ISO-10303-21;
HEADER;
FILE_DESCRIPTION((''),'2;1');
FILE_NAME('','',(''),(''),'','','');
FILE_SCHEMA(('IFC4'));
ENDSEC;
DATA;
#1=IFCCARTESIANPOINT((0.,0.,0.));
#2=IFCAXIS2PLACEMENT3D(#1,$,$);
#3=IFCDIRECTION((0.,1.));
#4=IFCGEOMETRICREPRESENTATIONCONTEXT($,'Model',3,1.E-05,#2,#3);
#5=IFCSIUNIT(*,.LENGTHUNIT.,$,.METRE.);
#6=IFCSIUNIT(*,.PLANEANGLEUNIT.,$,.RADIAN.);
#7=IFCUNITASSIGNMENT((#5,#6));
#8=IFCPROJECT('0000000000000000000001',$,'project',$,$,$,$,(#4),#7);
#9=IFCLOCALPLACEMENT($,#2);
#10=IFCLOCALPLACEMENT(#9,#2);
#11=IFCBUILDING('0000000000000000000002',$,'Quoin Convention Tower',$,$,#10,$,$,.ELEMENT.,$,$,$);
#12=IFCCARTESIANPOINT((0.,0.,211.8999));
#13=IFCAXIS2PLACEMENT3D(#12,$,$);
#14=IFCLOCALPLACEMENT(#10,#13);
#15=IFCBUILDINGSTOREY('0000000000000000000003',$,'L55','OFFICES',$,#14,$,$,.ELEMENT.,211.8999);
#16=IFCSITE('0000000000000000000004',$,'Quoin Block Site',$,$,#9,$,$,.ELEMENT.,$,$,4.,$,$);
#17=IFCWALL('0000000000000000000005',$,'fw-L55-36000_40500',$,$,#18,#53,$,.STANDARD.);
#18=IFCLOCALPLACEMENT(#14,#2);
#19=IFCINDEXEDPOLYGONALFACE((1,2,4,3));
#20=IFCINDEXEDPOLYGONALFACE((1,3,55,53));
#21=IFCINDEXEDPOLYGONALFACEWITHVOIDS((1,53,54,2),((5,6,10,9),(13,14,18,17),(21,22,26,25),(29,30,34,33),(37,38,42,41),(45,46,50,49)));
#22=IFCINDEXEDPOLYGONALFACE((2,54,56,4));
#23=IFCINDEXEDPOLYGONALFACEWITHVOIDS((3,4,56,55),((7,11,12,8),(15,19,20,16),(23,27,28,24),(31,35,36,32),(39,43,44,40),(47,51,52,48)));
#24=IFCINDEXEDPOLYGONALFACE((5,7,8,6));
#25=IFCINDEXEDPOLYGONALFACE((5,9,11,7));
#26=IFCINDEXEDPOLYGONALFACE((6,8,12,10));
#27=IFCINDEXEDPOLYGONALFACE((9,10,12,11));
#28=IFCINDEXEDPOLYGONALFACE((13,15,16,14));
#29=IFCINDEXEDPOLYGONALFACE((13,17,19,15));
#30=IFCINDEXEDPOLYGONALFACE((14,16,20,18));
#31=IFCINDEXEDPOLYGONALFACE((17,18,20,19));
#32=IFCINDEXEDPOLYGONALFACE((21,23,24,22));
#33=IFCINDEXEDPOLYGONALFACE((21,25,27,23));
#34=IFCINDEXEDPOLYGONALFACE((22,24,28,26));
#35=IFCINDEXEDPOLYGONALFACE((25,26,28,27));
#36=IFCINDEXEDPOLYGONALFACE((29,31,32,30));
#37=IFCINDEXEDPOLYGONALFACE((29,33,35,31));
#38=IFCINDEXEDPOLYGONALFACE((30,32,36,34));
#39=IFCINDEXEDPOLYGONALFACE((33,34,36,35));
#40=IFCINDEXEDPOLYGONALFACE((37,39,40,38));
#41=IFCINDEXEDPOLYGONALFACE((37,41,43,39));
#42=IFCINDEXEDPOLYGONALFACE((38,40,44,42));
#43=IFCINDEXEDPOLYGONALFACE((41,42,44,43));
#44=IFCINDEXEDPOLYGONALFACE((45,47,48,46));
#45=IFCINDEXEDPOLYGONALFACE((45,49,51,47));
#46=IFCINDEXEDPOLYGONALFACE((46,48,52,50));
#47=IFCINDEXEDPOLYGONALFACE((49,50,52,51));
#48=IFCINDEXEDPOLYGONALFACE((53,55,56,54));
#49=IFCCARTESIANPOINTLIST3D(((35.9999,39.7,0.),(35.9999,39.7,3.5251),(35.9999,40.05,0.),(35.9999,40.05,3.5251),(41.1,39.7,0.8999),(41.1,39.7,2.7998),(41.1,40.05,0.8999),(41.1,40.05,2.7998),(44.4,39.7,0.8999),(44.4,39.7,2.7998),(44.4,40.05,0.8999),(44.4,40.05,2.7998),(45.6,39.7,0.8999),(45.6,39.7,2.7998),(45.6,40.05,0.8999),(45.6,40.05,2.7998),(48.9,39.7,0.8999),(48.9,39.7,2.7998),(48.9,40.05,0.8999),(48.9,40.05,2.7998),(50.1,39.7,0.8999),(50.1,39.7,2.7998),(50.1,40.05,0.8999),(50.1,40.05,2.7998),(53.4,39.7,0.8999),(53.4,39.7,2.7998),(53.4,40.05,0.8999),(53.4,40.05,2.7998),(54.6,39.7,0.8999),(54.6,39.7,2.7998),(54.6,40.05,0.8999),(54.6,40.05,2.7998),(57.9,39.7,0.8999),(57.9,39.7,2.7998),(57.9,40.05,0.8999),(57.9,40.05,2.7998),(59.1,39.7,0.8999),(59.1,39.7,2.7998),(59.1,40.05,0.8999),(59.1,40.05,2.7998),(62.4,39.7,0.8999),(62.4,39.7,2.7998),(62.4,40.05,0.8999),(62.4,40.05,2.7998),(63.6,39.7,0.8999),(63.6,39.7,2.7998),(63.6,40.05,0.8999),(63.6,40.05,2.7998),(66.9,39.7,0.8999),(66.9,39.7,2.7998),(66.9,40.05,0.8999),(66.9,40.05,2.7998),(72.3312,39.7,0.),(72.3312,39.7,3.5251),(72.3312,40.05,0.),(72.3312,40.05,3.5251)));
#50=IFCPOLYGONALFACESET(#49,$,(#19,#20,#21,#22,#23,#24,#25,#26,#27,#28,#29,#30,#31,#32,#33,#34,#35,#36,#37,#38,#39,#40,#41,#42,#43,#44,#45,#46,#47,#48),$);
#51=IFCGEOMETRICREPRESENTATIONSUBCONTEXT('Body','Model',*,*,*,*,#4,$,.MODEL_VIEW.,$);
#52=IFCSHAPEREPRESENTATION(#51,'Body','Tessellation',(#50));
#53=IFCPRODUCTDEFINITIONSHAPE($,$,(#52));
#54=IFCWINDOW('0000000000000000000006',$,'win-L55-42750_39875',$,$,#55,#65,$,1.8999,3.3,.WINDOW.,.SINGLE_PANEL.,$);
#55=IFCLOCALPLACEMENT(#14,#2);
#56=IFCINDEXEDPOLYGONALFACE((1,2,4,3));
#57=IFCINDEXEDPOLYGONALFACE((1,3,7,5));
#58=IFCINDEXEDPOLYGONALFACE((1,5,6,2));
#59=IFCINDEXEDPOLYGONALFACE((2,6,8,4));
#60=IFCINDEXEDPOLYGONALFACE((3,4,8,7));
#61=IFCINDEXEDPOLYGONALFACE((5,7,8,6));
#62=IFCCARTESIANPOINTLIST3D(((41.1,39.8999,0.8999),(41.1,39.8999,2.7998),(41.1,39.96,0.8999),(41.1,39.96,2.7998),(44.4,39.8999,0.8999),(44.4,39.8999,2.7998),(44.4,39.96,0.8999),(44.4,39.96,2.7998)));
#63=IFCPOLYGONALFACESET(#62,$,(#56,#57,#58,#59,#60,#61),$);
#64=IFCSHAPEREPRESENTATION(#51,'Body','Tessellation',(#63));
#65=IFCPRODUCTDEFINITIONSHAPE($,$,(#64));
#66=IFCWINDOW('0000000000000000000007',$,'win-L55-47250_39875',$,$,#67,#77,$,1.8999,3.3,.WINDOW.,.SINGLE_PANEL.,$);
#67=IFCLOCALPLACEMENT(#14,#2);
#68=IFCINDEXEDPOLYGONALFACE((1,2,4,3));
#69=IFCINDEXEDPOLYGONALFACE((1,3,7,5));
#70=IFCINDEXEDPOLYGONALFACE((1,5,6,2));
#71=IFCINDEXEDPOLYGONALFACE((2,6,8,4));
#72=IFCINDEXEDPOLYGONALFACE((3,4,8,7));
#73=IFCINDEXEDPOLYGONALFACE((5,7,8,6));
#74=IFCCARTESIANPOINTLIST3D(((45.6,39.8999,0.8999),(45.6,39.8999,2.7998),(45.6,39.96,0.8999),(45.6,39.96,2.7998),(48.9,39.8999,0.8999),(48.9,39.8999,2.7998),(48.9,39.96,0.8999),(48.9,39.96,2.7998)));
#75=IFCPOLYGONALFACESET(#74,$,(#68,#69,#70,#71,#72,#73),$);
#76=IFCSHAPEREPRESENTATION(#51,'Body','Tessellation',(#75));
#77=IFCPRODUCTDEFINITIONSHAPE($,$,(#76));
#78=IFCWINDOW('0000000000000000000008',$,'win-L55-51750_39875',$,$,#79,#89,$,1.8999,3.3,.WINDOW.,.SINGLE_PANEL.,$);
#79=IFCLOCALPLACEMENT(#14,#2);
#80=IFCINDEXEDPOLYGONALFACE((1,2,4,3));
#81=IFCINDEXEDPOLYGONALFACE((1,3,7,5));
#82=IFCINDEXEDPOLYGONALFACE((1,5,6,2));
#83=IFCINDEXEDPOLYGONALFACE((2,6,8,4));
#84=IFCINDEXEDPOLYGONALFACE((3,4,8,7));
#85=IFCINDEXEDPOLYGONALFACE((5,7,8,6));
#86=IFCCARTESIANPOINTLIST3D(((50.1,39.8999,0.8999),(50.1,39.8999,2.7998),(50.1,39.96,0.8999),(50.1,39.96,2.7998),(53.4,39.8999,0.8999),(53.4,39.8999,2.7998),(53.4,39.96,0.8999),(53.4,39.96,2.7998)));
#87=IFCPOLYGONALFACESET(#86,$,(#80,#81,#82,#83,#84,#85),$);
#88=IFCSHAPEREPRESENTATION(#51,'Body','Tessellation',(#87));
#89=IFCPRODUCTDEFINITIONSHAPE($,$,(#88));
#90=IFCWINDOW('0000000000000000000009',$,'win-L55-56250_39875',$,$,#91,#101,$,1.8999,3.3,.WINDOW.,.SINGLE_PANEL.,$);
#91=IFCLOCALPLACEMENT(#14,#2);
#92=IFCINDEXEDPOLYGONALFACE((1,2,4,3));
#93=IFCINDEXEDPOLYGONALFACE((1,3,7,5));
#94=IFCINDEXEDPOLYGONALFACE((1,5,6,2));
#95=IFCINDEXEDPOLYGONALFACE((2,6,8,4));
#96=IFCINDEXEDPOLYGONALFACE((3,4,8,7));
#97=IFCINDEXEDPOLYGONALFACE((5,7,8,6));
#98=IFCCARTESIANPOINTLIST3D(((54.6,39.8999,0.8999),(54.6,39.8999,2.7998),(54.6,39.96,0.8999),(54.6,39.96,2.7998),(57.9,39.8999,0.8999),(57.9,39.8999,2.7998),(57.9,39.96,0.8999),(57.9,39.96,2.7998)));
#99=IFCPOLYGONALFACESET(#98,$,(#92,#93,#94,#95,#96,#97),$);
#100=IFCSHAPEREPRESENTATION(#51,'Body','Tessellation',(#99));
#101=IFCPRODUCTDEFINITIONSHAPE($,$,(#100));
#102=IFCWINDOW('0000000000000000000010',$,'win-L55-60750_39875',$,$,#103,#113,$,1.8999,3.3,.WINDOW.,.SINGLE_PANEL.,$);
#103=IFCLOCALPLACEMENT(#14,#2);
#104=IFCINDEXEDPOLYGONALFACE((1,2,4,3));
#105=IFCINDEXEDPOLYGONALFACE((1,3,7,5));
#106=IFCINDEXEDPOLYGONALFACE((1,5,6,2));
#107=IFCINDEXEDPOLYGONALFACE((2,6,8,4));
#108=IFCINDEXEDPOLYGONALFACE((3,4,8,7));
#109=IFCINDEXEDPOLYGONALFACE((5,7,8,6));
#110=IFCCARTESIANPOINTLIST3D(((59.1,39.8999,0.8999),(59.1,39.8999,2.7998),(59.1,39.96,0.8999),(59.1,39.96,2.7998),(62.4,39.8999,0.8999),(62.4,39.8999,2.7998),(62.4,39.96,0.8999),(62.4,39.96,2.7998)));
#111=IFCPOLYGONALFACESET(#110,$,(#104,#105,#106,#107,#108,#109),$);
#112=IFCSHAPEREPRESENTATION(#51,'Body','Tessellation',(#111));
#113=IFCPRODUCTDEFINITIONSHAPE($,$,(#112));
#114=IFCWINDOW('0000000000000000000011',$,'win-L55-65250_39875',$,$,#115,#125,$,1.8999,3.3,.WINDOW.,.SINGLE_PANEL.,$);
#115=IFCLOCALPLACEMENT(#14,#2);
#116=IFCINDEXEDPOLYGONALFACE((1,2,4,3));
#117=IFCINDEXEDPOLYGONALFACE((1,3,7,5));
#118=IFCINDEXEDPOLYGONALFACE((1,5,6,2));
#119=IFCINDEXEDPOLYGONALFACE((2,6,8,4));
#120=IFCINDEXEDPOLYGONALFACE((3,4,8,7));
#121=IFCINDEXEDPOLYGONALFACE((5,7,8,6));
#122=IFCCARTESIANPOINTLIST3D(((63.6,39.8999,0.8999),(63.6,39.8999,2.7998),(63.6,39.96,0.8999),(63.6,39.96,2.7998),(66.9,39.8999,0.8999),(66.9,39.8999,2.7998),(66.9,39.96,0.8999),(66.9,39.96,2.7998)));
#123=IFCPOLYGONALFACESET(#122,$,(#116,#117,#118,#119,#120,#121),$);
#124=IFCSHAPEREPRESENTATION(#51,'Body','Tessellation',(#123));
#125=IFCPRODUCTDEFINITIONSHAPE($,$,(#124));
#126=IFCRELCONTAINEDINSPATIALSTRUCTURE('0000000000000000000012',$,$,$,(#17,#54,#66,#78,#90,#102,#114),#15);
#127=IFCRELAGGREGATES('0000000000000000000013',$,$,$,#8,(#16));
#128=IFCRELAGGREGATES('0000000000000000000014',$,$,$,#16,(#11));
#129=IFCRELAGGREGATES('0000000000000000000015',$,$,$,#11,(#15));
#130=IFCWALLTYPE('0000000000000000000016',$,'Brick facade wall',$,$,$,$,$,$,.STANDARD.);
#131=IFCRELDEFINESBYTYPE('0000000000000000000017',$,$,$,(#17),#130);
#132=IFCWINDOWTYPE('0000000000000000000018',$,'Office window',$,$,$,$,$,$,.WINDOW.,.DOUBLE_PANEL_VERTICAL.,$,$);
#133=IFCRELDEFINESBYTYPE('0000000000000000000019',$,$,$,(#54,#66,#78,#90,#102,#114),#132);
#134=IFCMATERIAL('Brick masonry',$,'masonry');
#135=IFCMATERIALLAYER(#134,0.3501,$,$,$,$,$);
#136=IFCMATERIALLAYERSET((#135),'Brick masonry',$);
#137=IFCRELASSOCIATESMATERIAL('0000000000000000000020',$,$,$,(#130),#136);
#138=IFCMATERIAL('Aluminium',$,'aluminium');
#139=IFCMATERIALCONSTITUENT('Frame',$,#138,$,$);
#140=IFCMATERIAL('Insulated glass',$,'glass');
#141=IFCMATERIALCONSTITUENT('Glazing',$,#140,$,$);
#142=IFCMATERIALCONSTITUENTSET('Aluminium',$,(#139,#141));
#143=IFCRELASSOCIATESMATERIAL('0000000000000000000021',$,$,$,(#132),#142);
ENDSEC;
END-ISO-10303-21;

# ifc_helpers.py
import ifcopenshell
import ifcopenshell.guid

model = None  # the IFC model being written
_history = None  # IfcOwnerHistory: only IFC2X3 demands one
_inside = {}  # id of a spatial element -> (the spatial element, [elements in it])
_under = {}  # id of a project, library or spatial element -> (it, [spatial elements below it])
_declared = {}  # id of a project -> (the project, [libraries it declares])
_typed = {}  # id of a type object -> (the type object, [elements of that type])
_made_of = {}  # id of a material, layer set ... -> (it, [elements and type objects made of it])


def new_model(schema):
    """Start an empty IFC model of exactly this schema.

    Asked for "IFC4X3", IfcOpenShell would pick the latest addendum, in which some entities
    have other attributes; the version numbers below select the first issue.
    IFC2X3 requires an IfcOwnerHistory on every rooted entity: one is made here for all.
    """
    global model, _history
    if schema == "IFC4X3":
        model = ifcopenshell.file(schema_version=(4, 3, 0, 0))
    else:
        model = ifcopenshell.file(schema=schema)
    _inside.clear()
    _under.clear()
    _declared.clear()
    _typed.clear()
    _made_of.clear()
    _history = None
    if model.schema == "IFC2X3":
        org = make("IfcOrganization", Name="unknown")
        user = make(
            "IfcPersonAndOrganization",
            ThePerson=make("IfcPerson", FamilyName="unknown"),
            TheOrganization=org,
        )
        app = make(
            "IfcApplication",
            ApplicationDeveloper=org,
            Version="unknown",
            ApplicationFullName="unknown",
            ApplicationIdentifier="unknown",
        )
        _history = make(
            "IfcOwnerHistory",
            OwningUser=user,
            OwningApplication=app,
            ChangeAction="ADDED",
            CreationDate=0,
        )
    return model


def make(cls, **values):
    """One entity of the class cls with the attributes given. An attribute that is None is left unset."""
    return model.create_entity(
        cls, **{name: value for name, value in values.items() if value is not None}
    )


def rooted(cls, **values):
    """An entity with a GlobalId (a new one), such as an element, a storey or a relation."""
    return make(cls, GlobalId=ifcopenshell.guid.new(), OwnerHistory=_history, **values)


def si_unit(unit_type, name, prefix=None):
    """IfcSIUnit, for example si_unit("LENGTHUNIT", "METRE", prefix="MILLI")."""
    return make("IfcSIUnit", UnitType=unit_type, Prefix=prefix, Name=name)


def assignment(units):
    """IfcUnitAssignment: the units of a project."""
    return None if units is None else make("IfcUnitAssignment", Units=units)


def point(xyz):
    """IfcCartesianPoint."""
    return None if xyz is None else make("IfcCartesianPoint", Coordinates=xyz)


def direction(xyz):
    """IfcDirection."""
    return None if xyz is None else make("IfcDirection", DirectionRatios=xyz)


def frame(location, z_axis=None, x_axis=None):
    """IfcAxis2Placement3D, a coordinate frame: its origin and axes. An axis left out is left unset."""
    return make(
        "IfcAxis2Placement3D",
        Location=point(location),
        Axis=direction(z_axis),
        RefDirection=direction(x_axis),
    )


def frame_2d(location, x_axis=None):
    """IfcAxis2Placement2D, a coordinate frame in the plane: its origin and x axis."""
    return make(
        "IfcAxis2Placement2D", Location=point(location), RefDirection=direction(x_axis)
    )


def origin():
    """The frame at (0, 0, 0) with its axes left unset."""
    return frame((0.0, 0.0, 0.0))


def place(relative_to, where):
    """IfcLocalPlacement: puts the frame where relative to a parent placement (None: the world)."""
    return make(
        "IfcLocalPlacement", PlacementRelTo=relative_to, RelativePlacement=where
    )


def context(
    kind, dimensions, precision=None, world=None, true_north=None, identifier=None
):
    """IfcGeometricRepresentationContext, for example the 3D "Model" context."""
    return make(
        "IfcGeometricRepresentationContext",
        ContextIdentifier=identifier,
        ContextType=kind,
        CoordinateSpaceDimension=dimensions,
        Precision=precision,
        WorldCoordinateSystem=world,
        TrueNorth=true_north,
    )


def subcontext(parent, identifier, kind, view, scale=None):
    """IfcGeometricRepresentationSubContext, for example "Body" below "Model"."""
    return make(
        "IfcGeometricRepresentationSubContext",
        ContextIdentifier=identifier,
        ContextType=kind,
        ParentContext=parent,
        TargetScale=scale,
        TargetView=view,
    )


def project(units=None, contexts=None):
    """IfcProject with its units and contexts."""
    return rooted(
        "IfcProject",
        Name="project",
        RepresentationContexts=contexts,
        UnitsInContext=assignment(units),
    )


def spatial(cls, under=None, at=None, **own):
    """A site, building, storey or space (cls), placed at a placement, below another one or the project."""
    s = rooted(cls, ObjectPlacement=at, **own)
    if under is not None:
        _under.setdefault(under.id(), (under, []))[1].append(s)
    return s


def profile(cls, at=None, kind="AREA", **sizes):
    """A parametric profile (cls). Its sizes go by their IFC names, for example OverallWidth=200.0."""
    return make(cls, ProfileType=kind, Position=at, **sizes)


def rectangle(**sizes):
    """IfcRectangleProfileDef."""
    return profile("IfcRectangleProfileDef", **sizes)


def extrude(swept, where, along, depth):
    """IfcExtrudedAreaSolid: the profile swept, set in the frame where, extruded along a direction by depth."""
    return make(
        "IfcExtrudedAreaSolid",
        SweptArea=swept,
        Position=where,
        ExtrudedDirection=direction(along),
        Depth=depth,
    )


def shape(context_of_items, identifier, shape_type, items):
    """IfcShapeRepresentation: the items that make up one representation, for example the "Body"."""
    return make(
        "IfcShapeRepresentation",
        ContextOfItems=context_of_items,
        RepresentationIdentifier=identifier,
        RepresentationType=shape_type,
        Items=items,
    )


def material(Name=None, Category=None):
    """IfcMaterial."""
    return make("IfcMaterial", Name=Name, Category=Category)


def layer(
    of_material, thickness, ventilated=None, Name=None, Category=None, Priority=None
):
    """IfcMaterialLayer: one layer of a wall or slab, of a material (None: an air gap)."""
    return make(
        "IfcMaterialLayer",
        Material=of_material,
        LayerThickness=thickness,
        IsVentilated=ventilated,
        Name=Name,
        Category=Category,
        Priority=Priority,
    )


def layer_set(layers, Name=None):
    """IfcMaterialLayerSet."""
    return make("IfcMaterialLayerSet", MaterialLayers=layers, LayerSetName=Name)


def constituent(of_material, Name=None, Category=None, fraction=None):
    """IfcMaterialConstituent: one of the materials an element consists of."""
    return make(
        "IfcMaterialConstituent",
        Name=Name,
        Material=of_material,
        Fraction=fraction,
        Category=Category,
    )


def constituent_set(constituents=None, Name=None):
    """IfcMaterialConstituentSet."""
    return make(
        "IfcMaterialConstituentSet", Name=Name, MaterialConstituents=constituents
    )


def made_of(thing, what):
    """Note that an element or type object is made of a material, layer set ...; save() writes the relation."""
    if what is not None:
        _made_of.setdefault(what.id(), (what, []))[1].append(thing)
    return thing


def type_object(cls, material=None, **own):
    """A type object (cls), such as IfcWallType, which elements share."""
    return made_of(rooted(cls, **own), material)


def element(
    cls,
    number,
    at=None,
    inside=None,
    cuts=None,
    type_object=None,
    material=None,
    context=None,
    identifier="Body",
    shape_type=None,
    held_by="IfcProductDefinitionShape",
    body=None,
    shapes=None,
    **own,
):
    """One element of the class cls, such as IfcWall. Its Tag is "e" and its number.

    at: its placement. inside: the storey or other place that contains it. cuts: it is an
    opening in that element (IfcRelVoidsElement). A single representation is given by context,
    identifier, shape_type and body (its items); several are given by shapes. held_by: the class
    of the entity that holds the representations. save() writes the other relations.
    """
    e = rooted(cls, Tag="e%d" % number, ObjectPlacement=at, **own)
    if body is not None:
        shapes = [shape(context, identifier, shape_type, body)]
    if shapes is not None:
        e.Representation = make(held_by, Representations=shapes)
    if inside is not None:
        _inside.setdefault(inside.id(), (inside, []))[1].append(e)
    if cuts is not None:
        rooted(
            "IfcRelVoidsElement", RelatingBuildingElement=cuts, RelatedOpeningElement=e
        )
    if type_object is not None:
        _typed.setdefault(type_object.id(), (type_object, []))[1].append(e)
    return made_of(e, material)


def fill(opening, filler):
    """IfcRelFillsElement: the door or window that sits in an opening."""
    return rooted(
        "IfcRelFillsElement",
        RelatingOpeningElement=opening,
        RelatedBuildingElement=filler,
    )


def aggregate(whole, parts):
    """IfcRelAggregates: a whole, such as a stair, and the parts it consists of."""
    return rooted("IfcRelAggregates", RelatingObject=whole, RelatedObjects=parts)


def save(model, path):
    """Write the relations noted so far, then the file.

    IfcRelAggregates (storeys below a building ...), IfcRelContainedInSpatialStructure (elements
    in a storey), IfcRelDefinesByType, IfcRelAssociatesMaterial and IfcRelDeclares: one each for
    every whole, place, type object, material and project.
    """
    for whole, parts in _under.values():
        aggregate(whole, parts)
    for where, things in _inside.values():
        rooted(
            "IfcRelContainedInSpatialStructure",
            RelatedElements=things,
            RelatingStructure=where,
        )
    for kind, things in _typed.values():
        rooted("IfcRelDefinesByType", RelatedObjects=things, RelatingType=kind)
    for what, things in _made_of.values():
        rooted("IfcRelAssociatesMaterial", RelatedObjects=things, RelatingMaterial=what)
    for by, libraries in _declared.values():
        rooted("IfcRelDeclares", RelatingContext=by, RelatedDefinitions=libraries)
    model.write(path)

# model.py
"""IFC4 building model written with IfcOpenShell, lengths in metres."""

from ifc_helpers import new_model, si_unit, direction, frame, frame_2d, origin, place, context, subcontext, project, spatial, rectangle, extrude, material, layer, layer_set, constituent, constituent_set, type_object, element, fill, save


model = new_model("IFC4")

# Units and contexts
model_context = context("Model", 3, precision=1e-05, world=origin(), true_north=direction((0.0, 1.0)))
body_context = subcontext(model_context, "Body", "Model", "MODEL_VIEW")
ifc_project = project(units=[si_unit("LENGTHUNIT", "METRE"), si_unit("PLANEANGLEUNIT", "RADIAN")], contexts=[model_context])

# Site, building, storey
site_placement = place(None, origin())
site = spatial("IfcSite", under=ifc_project, at=site_placement, Name="Quoin Block Site", CompositionType="ELEMENT", RefElevation=4.0)
building_placement = place(site_placement, origin())
building = spatial("IfcBuilding", under=site, at=building_placement, Name="Quoin Convention Tower", CompositionType="ELEMENT")
storey_placement = place(building_placement, frame((0.0, 0.0, 211.8999)))
storey = spatial("IfcBuildingStorey", under=building, at=storey_placement, Name="L55", Description="OFFICES", CompositionType="ELEMENT", Elevation=211.8999)

# Wall, openings, windows
ifc_material_1 = material(Name="Brick masonry", Category="masonry")
ifc_layer_1 = layer(ifc_material_1, 0.3501)
ifc_layer_set_1 = layer_set([ifc_layer_1], Name="Brick masonry")
wall_type_1 = type_object("IfcWallType", Name="Brick facade wall", PredefinedType="STANDARD", material=ifc_layer_set_1)
wall_1_placement = place(storey_placement, frame((36.0, 39.875, 0.0), z_axis=(0.0, 0.0, 1.0), x_axis=(1.0, 0.0, 0.0)))
wall_1 = element("IfcWall", 1, at=wall_1_placement, inside=storey, type_object=wall_type_1, Name="fw-L55-36000_40500", PredefinedType="STANDARD", context=body_context, shape_type="SweptSolid", body=[
    extrude(rectangle(XDim=36.3313, YDim=0.3501, at=frame_2d((18.1655, 0.0))), origin(), (0.0, 0.0, 1.0), 3.5251),
])
opening_1_placement = place(wall_1_placement, frame((5.1001, 0.0, 0.8999)))
opening_1 = element("IfcOpeningElement", 2, at=opening_1_placement, cuts=wall_1, PredefinedType="OPENING", context=body_context, shape_type="SweptSolid", body=[
    extrude(rectangle(XDim=3.3, YDim=1.8999, at=frame_2d((1.6499, 0.95))), frame((0.0, 0.1851, 0.0), z_axis=(0.0, -1.0, 0.0), x_axis=(1.0, 0.0, 0.0)), (0.0, 0.0, 1.0), 0.3701),
])
opening_2_placement = place(wall_1_placement, frame((9.6001, 0.0, 0.8999)))
opening_2 = element("IfcOpeningElement", 3, at=opening_2_placement, cuts=wall_1, PredefinedType="OPENING", context=body_context, shape_type="SweptSolid", body=[
    extrude(rectangle(XDim=3.3, YDim=1.8999, at=frame_2d((1.6499, 0.95))), frame((0.0, 0.1851, 0.0), z_axis=(0.0, -1.0, 0.0), x_axis=(1.0, 0.0, 0.0)), (0.0, 0.0, 1.0), 0.3701),
])
opening_3_placement = place(wall_1_placement, frame((14.1001, 0.0, 0.8999)))
opening_3 = element("IfcOpeningElement", 4, at=opening_3_placement, cuts=wall_1, PredefinedType="OPENING", context=body_context, shape_type="SweptSolid", body=[
    extrude(rectangle(XDim=3.3, YDim=1.8999, at=frame_2d((1.6499, 0.95))), frame((0.0, 0.1851, 0.0), z_axis=(0.0, -1.0, 0.0), x_axis=(1.0, 0.0, 0.0)), (0.0, 0.0, 1.0), 0.3701),
])
opening_4_placement = place(wall_1_placement, frame((18.6001, 0.0, 0.8999)))
opening_4 = element("IfcOpeningElement", 5, at=opening_4_placement, cuts=wall_1, PredefinedType="OPENING", context=body_context, shape_type="SweptSolid", body=[
    extrude(rectangle(XDim=3.3, YDim=1.8999, at=frame_2d((1.6499, 0.95))), frame((0.0, 0.1851, 0.0), z_axis=(0.0, -1.0, 0.0), x_axis=(1.0, 0.0, 0.0)), (0.0, 0.0, 1.0), 0.3701),
])
opening_5_placement = place(wall_1_placement, frame((23.1001, 0.0, 0.8999)))
opening_5 = element("IfcOpeningElement", 6, at=opening_5_placement, cuts=wall_1, PredefinedType="OPENING", context=body_context, shape_type="SweptSolid", body=[
    extrude(rectangle(XDim=3.3, YDim=1.8999, at=frame_2d((1.6499, 0.95))), frame((0.0, 0.1851, 0.0), z_axis=(0.0, -1.0, 0.0), x_axis=(1.0, 0.0, 0.0)), (0.0, 0.0, 1.0), 0.3701),
])
opening_6_placement = place(wall_1_placement, frame((27.6001, 0.0, 0.8999)))
opening_6 = element("IfcOpeningElement", 7, at=opening_6_placement, cuts=wall_1, PredefinedType="OPENING", context=body_context, shape_type="SweptSolid", body=[
    extrude(rectangle(XDim=3.3, YDim=1.8999, at=frame_2d((1.6499, 0.95))), frame((0.0, 0.1851, 0.0), z_axis=(0.0, -1.0, 0.0), x_axis=(1.0, 0.0, 0.0)), (0.0, 0.0, 1.0), 0.3701),
])
ifc_material_2 = material(Name="Aluminium", Category="aluminium")
ifc_constituent_1 = constituent(ifc_material_2, Name="Frame")
ifc_material_3 = material(Name="Insulated glass", Category="glass")
ifc_constituent_2 = constituent(ifc_material_3, Name="Glazing")
ifc_constituent_set = constituent_set(constituents=[ifc_constituent_1, ifc_constituent_2], Name="Aluminium")
window_type = type_object("IfcWindowType", Name="Office window", PartitioningType="DOUBLE_PANEL_VERTICAL", PredefinedType="WINDOW", material=ifc_constituent_set)
window_1_placement = place(opening_1_placement, origin())
window_1 = element("IfcWindow", 8, at=window_1_placement, inside=storey, type_object=window_type, Name="win-L55-42750_39875", OverallHeight=1.8999, OverallWidth=3.3, PartitioningType="SINGLE_PANEL", PredefinedType="WINDOW", context=body_context, shape_type="SweptSolid", body=[
    extrude(rectangle(XDim=3.3, YDim=1.8999, at=frame_2d((1.6499, 0.95))), frame((0.0, 0.085, 0.0), z_axis=(0.0, -1.0, 0.0), x_axis=(1.0, 0.0, 0.0)), (0.0, 0.0, 1.0), 0.0601),
])
fill(opening_1, window_1)
window_2_placement = place(opening_2_placement, origin())
window_2 = element("IfcWindow", 9, at=window_2_placement, inside=storey, type_object=window_type, Name="win-L55-47250_39875", OverallHeight=1.8999, OverallWidth=3.3, PartitioningType="SINGLE_PANEL", PredefinedType="WINDOW", context=body_context, shape_type="SweptSolid", body=[
    extrude(rectangle(XDim=3.3, YDim=1.8999, at=frame_2d((1.6499, 0.95))), frame((0.0, 0.085, 0.0), z_axis=(0.0, -1.0, 0.0), x_axis=(1.0, 0.0, 0.0)), (0.0, 0.0, 1.0), 0.0601),
])
fill(opening_2, window_2)
window_3_placement = place(opening_3_placement, origin())
window_3 = element("IfcWindow", 10, at=window_3_placement, inside=storey, type_object=window_type, Name="win-L55-51750_39875", OverallHeight=1.8999, OverallWidth=3.3, PartitioningType="SINGLE_PANEL", PredefinedType="WINDOW", context=body_context, shape_type="SweptSolid", body=[
    extrude(rectangle(XDim=3.3, YDim=1.8999, at=frame_2d((1.6499, 0.95))), frame((0.0, 0.085, 0.0), z_axis=(0.0, -1.0, 0.0), x_axis=(1.0, 0.0, 0.0)), (0.0, 0.0, 1.0), 0.0601),
])
fill(opening_3, window_3)
window_4_placement = place(opening_4_placement, origin())
window_4 = element("IfcWindow", 11, at=window_4_placement, inside=storey, type_object=window_type, Name="win-L55-56250_39875", OverallHeight=1.8999, OverallWidth=3.3, PartitioningType="SINGLE_PANEL", PredefinedType="WINDOW", context=body_context, shape_type="SweptSolid", body=[
    extrude(rectangle(XDim=3.3, YDim=1.8999, at=frame_2d((1.6499, 0.95))), frame((0.0, 0.085, 0.0), z_axis=(0.0, -1.0, 0.0), x_axis=(1.0, 0.0, 0.0)), (0.0, 0.0, 1.0), 0.0601),
])
fill(opening_4, window_4)
window_5_placement = place(opening_5_placement, origin())
window_5 = element("IfcWindow", 12, at=window_5_placement, inside=storey, type_object=window_type, Name="win-L55-60750_39875", OverallHeight=1.8999, OverallWidth=3.3, PartitioningType="SINGLE_PANEL", PredefinedType="WINDOW", context=body_context, shape_type="SweptSolid", body=[
    extrude(rectangle(XDim=3.3, YDim=1.8999, at=frame_2d((1.6499, 0.95))), frame((0.0, 0.085, 0.0), z_axis=(0.0, -1.0, 0.0), x_axis=(1.0, 0.0, 0.0)), (0.0, 0.0, 1.0), 0.0601),
])
fill(opening_5, window_5)
window_6_placement = place(opening_6_placement, origin())
window_6 = element("IfcWindow", 13, at=window_6_placement, inside=storey, type_object=window_type, Name="win-L55-65250_39875", OverallHeight=1.8999, OverallWidth=3.3, PartitioningType="SINGLE_PANEL", PredefinedType="WINDOW", context=body_context, shape_type="SweptSolid", body=[
    extrude(rectangle(XDim=3.3, YDim=1.8999, at=frame_2d((1.6499, 0.95))), frame((0.0, 0.085, 0.0), z_axis=(0.0, -1.0, 0.0), x_axis=(1.0, 0.0, 0.0)), (0.0, 0.0, 1.0), 0.0601),
])
fill(opening_6, window_6)

save(model, "model.ifc")
